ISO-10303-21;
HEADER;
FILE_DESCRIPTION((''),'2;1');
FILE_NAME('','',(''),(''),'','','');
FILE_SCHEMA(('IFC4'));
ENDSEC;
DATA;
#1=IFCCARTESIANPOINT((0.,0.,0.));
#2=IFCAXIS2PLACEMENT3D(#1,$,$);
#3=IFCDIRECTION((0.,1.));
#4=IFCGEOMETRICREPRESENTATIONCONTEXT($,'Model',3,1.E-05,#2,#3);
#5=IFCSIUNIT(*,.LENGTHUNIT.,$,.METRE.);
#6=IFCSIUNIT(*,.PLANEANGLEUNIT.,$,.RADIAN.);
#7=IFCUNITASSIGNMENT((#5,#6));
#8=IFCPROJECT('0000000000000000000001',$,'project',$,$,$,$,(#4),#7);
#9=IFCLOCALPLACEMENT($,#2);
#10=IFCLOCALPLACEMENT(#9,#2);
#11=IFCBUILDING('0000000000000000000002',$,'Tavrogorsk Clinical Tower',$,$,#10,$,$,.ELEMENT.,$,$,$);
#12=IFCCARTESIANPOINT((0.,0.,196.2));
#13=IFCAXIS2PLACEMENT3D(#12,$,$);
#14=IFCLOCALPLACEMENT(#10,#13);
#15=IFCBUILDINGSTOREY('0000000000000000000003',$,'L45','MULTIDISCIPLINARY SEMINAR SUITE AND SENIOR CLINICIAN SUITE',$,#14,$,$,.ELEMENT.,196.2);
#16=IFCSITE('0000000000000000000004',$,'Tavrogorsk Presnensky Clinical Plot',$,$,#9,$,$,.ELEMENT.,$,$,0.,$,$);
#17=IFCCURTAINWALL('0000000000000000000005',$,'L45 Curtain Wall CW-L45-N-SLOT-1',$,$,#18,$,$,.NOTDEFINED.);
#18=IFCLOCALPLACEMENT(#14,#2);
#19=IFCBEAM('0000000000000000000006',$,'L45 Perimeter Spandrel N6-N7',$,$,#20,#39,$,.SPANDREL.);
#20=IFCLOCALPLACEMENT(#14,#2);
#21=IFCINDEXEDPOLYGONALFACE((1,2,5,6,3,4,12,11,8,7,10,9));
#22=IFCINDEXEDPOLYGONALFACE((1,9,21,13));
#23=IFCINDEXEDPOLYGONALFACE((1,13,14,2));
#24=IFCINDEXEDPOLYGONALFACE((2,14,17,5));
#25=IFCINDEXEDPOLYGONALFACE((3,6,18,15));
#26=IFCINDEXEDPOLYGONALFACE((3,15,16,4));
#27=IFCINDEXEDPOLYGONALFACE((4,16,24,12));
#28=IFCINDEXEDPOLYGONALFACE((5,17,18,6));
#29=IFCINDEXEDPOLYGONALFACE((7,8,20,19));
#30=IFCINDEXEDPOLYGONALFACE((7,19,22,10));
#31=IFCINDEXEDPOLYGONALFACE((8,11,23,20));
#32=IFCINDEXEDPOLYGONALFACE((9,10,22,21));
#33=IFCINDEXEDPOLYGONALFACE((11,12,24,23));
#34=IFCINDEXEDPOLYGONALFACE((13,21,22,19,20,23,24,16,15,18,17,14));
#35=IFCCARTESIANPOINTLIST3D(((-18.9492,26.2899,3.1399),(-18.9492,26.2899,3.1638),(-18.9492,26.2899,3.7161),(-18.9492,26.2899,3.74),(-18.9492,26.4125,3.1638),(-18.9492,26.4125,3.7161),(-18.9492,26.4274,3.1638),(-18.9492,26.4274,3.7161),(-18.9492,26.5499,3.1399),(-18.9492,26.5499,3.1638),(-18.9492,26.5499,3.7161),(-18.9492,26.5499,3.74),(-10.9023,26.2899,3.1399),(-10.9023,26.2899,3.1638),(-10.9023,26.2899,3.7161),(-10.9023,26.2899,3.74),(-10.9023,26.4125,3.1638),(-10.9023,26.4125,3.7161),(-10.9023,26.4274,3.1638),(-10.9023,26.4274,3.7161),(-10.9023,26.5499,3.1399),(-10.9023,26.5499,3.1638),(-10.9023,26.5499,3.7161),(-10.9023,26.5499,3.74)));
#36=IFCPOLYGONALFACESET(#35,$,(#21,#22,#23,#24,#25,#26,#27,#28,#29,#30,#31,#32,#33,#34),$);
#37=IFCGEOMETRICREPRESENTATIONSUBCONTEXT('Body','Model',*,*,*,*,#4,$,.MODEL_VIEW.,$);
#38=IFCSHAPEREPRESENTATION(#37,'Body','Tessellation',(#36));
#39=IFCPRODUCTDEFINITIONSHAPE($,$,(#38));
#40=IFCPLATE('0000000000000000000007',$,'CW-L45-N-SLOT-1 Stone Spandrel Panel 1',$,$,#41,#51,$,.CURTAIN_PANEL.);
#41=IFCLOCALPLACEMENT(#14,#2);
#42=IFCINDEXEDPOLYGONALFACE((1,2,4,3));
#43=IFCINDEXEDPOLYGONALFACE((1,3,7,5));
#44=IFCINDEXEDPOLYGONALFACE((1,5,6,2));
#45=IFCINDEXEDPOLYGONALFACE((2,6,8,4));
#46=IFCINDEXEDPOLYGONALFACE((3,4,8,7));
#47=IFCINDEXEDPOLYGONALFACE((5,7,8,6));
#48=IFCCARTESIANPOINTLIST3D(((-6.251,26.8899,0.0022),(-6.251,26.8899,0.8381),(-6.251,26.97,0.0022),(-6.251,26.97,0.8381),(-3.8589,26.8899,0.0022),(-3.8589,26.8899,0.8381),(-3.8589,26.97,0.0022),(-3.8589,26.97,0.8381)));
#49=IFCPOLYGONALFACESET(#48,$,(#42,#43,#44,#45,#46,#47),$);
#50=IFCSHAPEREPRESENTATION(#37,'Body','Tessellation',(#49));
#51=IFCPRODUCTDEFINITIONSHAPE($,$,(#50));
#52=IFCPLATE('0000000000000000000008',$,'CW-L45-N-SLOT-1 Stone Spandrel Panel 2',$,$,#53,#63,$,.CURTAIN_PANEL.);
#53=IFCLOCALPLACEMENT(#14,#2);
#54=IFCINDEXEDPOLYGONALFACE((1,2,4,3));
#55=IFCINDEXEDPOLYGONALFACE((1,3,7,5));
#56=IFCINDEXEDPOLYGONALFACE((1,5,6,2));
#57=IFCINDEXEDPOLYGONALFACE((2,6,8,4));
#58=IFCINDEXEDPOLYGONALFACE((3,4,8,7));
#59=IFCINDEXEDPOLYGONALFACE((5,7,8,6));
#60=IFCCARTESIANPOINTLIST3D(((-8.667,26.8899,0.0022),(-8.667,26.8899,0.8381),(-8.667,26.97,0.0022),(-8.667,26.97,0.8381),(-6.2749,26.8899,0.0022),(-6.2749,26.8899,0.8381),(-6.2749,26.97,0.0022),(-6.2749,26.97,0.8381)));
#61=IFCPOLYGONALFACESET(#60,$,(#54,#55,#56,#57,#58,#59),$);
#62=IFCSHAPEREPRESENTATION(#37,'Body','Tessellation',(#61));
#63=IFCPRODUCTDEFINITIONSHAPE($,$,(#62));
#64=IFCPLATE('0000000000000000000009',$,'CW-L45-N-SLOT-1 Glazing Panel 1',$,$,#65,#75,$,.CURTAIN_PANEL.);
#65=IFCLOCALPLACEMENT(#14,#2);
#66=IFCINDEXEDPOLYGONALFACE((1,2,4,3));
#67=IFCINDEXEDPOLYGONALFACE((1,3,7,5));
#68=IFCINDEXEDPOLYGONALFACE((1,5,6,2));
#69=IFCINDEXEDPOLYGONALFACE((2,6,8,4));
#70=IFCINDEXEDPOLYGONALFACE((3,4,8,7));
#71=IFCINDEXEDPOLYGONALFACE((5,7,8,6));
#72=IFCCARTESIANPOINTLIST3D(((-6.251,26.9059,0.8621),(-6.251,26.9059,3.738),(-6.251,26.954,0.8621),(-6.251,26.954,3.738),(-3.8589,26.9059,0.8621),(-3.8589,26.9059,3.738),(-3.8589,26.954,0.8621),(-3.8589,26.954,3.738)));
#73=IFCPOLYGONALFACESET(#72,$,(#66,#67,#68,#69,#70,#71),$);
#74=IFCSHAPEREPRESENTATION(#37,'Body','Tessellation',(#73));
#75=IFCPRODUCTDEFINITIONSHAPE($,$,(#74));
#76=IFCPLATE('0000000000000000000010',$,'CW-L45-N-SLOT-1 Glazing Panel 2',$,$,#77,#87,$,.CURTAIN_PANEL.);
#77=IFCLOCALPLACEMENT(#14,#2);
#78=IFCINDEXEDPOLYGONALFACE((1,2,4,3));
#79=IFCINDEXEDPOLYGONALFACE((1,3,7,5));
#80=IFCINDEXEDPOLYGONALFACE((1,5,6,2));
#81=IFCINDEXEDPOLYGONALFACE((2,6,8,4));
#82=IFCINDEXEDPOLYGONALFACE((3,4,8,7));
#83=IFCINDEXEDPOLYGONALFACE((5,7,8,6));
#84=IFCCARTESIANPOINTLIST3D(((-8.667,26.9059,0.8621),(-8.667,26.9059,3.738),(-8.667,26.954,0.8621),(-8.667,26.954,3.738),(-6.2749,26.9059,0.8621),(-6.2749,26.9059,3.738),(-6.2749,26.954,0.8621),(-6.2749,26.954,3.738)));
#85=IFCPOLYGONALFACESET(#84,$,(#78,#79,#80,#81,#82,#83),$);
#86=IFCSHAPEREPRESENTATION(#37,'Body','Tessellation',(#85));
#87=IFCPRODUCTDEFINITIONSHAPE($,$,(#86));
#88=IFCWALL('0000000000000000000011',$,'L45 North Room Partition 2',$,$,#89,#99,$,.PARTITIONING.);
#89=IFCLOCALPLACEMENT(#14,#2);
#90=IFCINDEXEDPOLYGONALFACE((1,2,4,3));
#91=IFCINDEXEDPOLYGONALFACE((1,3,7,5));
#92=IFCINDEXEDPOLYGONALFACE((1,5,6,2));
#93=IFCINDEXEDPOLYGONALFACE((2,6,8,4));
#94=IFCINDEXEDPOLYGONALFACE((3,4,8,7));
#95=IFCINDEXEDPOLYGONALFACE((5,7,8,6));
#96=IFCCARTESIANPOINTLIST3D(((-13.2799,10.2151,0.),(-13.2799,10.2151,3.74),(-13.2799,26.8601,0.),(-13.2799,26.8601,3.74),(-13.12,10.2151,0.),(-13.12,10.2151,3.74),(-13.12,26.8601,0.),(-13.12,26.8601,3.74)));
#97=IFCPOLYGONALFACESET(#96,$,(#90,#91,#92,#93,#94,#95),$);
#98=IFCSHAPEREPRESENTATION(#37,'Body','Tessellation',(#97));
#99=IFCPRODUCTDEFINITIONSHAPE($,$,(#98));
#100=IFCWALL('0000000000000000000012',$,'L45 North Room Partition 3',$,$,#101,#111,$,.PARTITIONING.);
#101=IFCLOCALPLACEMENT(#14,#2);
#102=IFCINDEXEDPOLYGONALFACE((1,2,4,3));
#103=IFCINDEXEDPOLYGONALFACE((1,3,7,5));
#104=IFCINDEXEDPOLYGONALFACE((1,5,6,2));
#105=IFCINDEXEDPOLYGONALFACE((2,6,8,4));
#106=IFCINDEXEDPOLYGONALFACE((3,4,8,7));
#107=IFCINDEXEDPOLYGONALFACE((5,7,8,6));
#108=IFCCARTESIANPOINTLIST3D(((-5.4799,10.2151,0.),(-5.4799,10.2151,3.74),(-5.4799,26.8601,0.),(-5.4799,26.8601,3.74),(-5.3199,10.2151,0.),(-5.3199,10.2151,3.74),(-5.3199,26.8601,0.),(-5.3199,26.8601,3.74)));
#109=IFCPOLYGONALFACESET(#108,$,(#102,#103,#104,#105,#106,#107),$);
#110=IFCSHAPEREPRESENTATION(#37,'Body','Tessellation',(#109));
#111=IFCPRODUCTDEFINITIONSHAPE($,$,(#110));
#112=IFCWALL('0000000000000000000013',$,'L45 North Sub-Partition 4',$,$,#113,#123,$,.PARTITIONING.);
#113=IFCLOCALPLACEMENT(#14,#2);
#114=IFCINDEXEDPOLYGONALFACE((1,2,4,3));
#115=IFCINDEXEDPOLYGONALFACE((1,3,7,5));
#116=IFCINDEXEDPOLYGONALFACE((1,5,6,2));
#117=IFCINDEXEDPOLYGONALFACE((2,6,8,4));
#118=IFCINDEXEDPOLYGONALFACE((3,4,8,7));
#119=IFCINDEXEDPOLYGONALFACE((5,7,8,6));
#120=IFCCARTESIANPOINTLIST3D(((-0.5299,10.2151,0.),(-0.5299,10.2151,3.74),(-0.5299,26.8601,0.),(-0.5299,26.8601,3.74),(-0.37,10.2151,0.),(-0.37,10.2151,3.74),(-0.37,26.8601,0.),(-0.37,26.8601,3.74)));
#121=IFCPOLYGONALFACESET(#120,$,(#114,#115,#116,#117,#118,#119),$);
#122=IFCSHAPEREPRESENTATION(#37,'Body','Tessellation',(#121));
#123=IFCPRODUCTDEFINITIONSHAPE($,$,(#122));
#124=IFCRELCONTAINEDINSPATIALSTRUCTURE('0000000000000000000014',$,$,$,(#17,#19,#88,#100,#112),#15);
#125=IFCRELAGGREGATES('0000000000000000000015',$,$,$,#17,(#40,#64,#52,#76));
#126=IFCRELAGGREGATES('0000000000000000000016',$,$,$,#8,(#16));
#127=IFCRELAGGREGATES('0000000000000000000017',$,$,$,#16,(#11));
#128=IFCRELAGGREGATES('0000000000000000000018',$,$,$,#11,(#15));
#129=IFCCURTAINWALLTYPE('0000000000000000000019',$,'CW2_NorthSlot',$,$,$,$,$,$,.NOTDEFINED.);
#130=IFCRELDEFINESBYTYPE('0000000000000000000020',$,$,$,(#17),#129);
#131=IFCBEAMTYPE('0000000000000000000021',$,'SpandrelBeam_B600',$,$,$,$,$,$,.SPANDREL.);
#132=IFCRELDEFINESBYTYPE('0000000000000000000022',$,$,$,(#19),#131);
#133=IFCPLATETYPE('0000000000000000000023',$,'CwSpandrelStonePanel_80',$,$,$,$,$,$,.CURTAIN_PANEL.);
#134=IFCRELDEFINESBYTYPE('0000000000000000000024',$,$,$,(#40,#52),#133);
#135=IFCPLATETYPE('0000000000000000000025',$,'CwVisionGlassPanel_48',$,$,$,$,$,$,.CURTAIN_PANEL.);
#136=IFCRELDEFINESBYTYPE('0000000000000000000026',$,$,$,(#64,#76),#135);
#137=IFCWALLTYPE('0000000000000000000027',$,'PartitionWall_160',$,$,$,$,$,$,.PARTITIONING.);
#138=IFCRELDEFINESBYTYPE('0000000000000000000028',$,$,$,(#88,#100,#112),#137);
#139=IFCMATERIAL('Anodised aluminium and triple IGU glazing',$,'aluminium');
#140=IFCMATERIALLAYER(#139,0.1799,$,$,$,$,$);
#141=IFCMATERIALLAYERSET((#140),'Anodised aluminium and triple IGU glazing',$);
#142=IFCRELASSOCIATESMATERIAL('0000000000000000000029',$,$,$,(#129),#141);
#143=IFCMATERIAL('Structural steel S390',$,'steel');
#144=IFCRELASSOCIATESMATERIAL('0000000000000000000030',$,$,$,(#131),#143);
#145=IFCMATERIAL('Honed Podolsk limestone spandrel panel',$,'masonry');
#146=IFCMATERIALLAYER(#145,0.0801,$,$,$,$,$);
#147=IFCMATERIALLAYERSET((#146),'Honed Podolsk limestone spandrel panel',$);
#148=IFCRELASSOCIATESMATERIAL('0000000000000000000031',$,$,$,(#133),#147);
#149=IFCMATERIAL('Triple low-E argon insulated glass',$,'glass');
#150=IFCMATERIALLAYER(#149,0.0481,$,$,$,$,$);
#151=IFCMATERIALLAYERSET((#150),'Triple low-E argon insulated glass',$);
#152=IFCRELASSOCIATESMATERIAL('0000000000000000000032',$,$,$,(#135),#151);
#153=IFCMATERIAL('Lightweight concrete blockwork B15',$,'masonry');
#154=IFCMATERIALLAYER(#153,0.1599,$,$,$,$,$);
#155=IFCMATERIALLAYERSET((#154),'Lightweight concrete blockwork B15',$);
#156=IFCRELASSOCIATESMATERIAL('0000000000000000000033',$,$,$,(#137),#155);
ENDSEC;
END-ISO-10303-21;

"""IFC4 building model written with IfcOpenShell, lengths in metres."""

from ifc_helpers import new_model, si_unit, direction, frame, frame_2d, origin, origin_2d, place, context, subcontext, project, spatial, rectangle, i_section, extrude, material, layer, layer_set, material_profile, profile_set, type_object, element, aggregate, save


model = new_model("IFC4")

# Units and contexts
model_context = context("Model", 3, precision=1e-05, world=origin(), true_north=direction((0.0, 1.0)))
body_context = subcontext(model_context, "Body", "Model", "MODEL_VIEW")
ifc_project = project(units=[si_unit("LENGTHUNIT", "METRE"), si_unit("PLANEANGLEUNIT", "RADIAN")], contexts=[model_context])

# Site, building, storey
site_placement = place(None, origin())
site = spatial("IfcSite", under=ifc_project, at=site_placement, Name="Tavrogorsk Presnensky Clinical Plot", CompositionType="ELEMENT", RefElevation=0.0)
building_placement = place(site_placement, origin())
building = spatial("IfcBuilding", under=site, at=building_placement, Name="Tavrogorsk Clinical Tower", CompositionType="ELEMENT")
storey_placement = place(building_placement, frame((0.0, 0.0, 196.2)))
storey = spatial("IfcBuildingStorey", under=building, at=storey_placement, Name="L45", Description="MULTIDISCIPLINARY SEMINAR SUITE AND SENIOR CLINICIAN SUITE", CompositionType="ELEMENT", Elevation=196.2)

# Curtain wall
ifc_material_1 = material(Name="Anodised aluminium and triple IGU glazing", Category="aluminium")
ifc_layer_1 = layer(ifc_material_1, 0.1799)
ifc_layer_set_1 = layer_set([ifc_layer_1], Name="Anodised aluminium and triple IGU glazing")
curtain_wall_type = type_object("IfcCurtainWallType", Name="CW2_NorthSlot", PredefinedType="NOTDEFINED", material=ifc_layer_set_1)
curtain_wall_placement = place(storey_placement, origin())
curtain_wall = element("IfcCurtainWall", 1, at=curtain_wall_placement, inside=storey, type_object=curtain_wall_type, Name="L45 Curtain Wall CW-L45-N-SLOT-1", PredefinedType="NOTDEFINED")

# Beam
ifc_material_2 = material(Name="Structural steel S390", Category="steel")
ifc_material_profile_1 = material_profile(ifc_material_2, i_section(OverallWidth=0.26, OverallDepth=0.6001, WebThickness=0.0149, FlangeThickness=0.0239, at=origin_2d()), Name="B-600x260x15x24")
ifc_profile_set_1 = profile_set([ifc_material_profile_1], Name="Structural steel S390")
beam_type = type_object("IfcBeamType", Name="SpandrelBeam_B600", PredefinedType="SPANDREL", material=ifc_profile_set_1)
for number, where, z_axis, x_axis, name in (
    (2, (-10.9023, 26.4199, 3.4399), (-1.0, 0.0, 0.0), (0.0, -1.0, 0.0), "L45 Perimeter Spandrel N6-N7"),
):
    element("IfcBeam", number, at=place(storey_placement, frame(where, z_axis=z_axis, x_axis=x_axis)), inside=storey, type_object=beam_type, Name=name, PredefinedType="SPANDREL", context=body_context, shape_type="SweptSolid", body=[
        extrude(i_section(OverallWidth=0.26, OverallDepth=0.6001, WebThickness=0.0149, FlangeThickness=0.0239, at=origin_2d()), origin(), (0.0, 0.0, 1.0), 8.0469),
    ])

# Plates
ifc_material_3 = material(Name="Honed Podolsk limestone spandrel panel", Category="masonry")
ifc_layer_2 = layer(ifc_material_3, 0.0801)
ifc_layer_set_2 = layer_set([ifc_layer_2], Name="Honed Podolsk limestone spandrel panel")
plate_type_1 = type_object("IfcPlateType", Name="CwSpandrelStonePanel_80", PredefinedType="CURTAIN_PANEL", material=ifc_layer_set_2)
plate_1_placement = place(storey_placement, frame((-5.0549, 26.9299, 0.0022), z_axis=(0.0, 0.0, 1.0), x_axis=(-1.0, 0.0, 0.0)))
plate_1 = element("IfcPlate", 3, at=plate_1_placement, type_object=plate_type_1, Name="CW-L45-N-SLOT-1 Stone Spandrel Panel 1", PredefinedType="CURTAIN_PANEL", context=body_context, shape_type="SweptSolid", body=[
    extrude(rectangle(XDim=2.3921, YDim=0.0801, at=origin_2d()), origin(), (0.0, 0.0, 1.0), 0.8359),
])
plate_2_placement = place(storey_placement, frame((-7.4709, 26.9299, 0.0022), z_axis=(0.0, 0.0, 1.0), x_axis=(-1.0, 0.0, 0.0)))
plate_2 = element("IfcPlate", 4, at=plate_2_placement, type_object=plate_type_1, Name="CW-L45-N-SLOT-1 Stone Spandrel Panel 2", PredefinedType="CURTAIN_PANEL", context=body_context, shape_type="SweptSolid", body=[
    extrude(rectangle(XDim=2.3921, YDim=0.0801, at=origin_2d()), origin(), (0.0, 0.0, 1.0), 0.8359),
])
ifc_material_4 = material(Name="Triple low-E argon insulated glass", Category="glass")
ifc_layer_3 = layer(ifc_material_4, 0.0481)
ifc_layer_set_3 = layer_set([ifc_layer_3], Name="Triple low-E argon insulated glass")
plate_type_2 = type_object("IfcPlateType", Name="CwVisionGlassPanel_48", PredefinedType="CURTAIN_PANEL", material=ifc_layer_set_3)
plate_3_placement = place(storey_placement, frame((-5.0549, 26.9299, 0.8621), z_axis=(0.0, 0.0, 1.0), x_axis=(-1.0, 0.0, 0.0)))
plate_3 = element("IfcPlate", 5, at=plate_3_placement, type_object=plate_type_2, Name="CW-L45-N-SLOT-1 Glazing Panel 1", PredefinedType="CURTAIN_PANEL", context=body_context, shape_type="SweptSolid", body=[
    extrude(rectangle(XDim=2.3921, YDim=0.0481, at=origin_2d()), origin(), (0.0, 0.0, 1.0), 2.876),
])
plate_4_placement = place(storey_placement, frame((-7.4709, 26.9299, 0.8621), z_axis=(0.0, 0.0, 1.0), x_axis=(-1.0, 0.0, 0.0)))
plate_4 = element("IfcPlate", 6, at=plate_4_placement, type_object=plate_type_2, Name="CW-L45-N-SLOT-1 Glazing Panel 2", PredefinedType="CURTAIN_PANEL", context=body_context, shape_type="SweptSolid", body=[
    extrude(rectangle(XDim=2.3921, YDim=0.0481, at=origin_2d()), origin(), (0.0, 0.0, 1.0), 2.876),
])
aggregate(curtain_wall, [plate_1, plate_3, plate_2, plate_4])

# Walls
ifc_material_5 = material(Name="Lightweight concrete blockwork B15", Category="masonry")
ifc_layer_4 = layer(ifc_material_5, 0.1599)
ifc_layer_set_4 = layer_set([ifc_layer_4], Name="Lightweight concrete blockwork B15")
wall_type_1 = type_object("IfcWallType", Name="PartitionWall_160", PredefinedType="PARTITIONING", material=ifc_layer_set_4)
for number, where, z_axis, x_axis, name in (
    (7, (-13.2, 10.2151, 0.0), (0.0, 0.0, 1.0), (0.0, 1.0, 0.0), "L45 North Room Partition 2"),
    (8, (-5.3999, 10.2151, 0.0), (0.0, 0.0, 1.0), (0.0, 1.0, 0.0), "L45 North Room Partition 3"),
    (9, (-0.45, 10.2151, 0.0), (0.0, 0.0, 1.0), (0.0, 1.0, 0.0), "L45 North Sub-Partition 4"),
):
    element("IfcWall", number, at=place(storey_placement, frame(where, z_axis=z_axis, x_axis=x_axis)), inside=storey, type_object=wall_type_1, Name=name, PredefinedType="PARTITIONING", context=body_context, shape_type="SweptSolid", body=[
        extrude(rectangle(XDim=16.645, YDim=0.1599, at=frame_2d((8.3225, 0.0))), origin(), (0.0, 0.0, 1.0), 3.74),
    ])

save(model, "model.ifc")
